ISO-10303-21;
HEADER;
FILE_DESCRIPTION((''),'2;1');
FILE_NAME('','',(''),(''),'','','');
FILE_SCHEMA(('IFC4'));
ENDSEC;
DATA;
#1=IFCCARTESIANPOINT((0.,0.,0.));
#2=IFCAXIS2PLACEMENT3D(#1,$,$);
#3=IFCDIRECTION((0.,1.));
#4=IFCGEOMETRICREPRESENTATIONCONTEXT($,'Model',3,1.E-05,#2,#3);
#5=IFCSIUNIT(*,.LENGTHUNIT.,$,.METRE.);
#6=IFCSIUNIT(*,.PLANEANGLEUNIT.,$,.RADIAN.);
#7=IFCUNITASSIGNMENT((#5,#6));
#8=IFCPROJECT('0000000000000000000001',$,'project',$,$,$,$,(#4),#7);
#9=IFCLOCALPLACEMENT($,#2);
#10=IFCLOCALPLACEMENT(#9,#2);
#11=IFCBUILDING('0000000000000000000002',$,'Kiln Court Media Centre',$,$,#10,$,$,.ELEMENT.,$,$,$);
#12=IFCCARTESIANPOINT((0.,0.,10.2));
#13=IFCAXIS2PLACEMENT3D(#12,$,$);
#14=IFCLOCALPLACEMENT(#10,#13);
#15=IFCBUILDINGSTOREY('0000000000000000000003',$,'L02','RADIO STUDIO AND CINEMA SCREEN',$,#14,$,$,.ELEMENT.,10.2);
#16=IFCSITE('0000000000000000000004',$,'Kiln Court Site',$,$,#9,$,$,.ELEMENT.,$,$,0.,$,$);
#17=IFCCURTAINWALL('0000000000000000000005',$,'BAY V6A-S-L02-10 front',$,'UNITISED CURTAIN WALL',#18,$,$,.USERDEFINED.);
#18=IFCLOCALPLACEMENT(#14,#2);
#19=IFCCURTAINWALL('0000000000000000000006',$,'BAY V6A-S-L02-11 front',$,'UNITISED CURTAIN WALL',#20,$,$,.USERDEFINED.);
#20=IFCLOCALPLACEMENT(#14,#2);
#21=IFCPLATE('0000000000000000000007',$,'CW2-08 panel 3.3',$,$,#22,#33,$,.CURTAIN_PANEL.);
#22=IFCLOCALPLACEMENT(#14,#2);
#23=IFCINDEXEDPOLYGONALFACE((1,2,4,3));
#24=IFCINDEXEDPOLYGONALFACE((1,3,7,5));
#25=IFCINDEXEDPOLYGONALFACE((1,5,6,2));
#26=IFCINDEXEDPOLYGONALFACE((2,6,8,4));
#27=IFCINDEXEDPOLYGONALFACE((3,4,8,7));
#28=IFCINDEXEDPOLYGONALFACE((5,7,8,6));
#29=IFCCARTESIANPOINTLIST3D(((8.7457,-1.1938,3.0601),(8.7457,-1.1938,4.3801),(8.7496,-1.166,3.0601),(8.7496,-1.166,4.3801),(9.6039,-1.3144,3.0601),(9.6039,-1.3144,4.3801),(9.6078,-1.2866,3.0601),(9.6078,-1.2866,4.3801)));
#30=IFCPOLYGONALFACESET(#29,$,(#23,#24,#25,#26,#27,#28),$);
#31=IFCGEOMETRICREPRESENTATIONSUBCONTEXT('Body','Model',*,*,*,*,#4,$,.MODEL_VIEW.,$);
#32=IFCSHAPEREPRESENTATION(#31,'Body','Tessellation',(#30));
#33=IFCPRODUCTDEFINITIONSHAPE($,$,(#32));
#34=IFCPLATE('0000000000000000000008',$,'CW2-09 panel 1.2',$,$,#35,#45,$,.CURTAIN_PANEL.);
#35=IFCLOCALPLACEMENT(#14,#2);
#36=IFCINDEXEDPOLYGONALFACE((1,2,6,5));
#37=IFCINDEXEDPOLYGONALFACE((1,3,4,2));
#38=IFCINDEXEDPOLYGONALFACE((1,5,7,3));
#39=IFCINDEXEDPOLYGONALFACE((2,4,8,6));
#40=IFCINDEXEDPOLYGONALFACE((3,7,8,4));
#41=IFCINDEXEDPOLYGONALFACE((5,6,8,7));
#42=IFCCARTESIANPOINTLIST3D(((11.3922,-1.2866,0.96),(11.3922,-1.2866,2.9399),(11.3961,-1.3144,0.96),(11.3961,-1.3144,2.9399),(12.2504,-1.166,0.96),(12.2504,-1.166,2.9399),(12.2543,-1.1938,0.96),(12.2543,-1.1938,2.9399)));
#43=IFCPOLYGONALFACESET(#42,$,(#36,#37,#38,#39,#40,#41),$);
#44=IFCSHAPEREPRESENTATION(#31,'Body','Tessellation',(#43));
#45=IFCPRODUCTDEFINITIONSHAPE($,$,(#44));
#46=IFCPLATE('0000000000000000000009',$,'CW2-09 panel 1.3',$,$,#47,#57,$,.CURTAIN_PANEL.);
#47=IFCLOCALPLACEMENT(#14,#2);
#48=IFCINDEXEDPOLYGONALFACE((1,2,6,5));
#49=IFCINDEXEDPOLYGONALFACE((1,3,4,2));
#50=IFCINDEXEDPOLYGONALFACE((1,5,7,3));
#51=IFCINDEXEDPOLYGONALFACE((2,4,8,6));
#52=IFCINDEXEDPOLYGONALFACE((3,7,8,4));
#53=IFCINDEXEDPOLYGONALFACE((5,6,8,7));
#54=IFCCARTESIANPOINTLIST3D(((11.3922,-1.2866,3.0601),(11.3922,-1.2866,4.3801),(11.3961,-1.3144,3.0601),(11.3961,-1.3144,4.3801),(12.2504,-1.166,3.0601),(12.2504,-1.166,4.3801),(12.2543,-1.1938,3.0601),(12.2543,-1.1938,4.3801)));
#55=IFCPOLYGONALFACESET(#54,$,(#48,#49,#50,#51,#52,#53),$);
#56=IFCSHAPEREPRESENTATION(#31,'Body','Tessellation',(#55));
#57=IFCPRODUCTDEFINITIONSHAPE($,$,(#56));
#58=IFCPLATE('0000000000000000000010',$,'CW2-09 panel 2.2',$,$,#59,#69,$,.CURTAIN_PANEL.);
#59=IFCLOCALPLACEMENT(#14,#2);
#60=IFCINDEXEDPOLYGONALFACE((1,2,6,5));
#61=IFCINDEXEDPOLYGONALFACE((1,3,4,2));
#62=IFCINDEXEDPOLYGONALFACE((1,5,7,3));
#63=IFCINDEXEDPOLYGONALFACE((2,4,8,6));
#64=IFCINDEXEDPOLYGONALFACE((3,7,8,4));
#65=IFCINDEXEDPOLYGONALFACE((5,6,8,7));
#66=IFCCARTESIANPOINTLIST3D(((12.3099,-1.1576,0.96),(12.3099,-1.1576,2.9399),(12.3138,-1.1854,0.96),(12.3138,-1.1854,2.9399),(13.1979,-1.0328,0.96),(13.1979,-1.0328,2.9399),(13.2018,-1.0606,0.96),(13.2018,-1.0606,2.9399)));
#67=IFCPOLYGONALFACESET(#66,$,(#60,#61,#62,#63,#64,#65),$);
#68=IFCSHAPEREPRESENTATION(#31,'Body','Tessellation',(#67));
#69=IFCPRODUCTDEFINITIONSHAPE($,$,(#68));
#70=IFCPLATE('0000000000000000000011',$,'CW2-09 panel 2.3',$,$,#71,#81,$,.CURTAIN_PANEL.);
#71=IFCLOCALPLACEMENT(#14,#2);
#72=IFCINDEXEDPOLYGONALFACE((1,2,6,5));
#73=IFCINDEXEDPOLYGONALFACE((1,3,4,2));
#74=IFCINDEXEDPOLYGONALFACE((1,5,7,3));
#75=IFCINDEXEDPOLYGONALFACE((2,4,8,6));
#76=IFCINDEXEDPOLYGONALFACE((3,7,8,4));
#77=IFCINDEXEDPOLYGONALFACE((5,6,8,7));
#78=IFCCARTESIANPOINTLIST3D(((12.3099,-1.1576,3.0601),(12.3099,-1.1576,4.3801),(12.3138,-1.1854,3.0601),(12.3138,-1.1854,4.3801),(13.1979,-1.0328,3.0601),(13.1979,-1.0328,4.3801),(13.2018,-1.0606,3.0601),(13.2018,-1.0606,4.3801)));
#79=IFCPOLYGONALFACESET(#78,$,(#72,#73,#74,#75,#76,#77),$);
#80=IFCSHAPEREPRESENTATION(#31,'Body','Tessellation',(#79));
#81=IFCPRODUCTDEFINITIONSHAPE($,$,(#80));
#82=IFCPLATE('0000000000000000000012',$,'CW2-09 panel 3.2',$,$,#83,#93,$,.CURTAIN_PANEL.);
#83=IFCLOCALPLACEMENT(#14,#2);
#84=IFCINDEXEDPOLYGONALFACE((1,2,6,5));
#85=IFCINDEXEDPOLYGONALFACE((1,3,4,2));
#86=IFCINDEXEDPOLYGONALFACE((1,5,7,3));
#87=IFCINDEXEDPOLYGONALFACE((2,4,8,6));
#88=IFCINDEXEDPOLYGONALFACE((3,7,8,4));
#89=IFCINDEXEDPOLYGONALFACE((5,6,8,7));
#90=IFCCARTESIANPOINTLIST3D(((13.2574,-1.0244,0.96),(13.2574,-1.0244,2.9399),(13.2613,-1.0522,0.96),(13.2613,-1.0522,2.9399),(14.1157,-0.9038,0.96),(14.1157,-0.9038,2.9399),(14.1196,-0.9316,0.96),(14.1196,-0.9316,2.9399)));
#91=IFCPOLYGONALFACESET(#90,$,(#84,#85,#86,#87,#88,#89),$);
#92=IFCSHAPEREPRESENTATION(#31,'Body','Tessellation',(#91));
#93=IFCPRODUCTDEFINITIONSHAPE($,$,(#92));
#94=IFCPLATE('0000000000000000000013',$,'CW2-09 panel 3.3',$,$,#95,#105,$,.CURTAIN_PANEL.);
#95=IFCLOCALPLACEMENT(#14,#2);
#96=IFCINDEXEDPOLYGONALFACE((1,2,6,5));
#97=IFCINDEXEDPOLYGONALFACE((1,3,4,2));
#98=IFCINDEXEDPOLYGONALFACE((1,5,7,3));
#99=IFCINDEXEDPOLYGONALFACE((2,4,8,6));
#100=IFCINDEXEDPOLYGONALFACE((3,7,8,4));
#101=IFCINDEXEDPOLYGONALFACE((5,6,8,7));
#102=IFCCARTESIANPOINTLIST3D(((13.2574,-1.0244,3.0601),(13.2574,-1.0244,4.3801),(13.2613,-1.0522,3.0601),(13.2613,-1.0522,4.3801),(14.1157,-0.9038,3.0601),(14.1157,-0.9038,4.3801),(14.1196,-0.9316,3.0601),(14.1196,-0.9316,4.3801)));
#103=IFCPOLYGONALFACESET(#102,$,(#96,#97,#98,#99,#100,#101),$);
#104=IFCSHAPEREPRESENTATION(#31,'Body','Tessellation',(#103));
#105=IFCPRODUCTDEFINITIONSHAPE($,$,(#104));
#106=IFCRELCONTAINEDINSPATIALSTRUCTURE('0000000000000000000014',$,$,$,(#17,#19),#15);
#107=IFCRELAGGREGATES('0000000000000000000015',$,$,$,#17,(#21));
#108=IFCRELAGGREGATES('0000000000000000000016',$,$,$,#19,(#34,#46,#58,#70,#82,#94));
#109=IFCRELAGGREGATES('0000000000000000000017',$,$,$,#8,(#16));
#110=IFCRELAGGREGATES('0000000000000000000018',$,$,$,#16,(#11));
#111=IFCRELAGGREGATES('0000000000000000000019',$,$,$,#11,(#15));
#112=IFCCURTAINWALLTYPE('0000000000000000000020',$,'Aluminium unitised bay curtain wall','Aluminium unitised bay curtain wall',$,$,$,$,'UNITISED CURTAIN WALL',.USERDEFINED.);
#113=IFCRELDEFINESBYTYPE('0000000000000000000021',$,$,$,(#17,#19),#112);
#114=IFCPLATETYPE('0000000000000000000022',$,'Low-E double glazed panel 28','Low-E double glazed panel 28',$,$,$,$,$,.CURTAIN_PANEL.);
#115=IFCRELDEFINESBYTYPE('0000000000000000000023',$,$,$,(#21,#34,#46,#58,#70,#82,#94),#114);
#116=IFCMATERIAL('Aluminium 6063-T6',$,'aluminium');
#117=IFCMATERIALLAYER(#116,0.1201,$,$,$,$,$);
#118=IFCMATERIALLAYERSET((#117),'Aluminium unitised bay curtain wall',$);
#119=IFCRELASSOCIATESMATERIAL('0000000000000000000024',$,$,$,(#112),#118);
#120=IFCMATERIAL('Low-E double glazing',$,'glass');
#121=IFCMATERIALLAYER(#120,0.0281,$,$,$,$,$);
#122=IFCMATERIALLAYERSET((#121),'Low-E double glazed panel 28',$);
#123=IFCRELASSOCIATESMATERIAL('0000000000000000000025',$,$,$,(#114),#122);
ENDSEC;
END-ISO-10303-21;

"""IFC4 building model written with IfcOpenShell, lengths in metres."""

from ifc_helpers import new_model, si_unit, direction, frame, origin, origin_2d, place, context, subcontext, project, spatial, rectangle, extrude, material, layer, layer_set, type_object, element, aggregate, save


model = new_model("IFC4")

# Units and contexts
model_context = context("Model", 3, precision=1e-05, world=origin(), true_north=direction((0.0, 1.0)))
body_context = subcontext(model_context, "Body", "Model", "MODEL_VIEW")
ifc_project = project(units=[si_unit("LENGTHUNIT", "METRE"), si_unit("PLANEANGLEUNIT", "RADIAN")], contexts=[model_context])

# Site, building, storey
site_placement = place(None, origin())
site = spatial("IfcSite", under=ifc_project, at=site_placement, Name="Kiln Court Site", CompositionType="ELEMENT", RefElevation=0.0)
building_placement = place(site_placement, origin())
building = spatial("IfcBuilding", under=site, at=building_placement, Name="Kiln Court Media Centre", CompositionType="ELEMENT")
storey_placement = place(building_placement, frame((0.0, 0.0, 10.2)))
storey = spatial("IfcBuildingStorey", under=building, at=storey_placement, Name="L02", Description="RADIO STUDIO AND CINEMA SCREEN", CompositionType="ELEMENT", Elevation=10.2)

# Curtain walls
ifc_material_1 = material(Name="Aluminium 6063-T6", Category="aluminium")
ifc_layer_1 = layer(ifc_material_1, 0.1201)
ifc_layer_set_1 = layer_set([ifc_layer_1], Name="Aluminium unitised bay curtain wall")
curtain_wall_type = type_object("IfcCurtainWallType", Name="Aluminium unitised bay curtain wall", Description="Aluminium unitised bay curtain wall", ElementType="UNITISED CURTAIN WALL", PredefinedType="USERDEFINED", material=ifc_layer_set_1)
curtain_wall_1_placement = place(storey_placement, origin())
curtain_wall_1 = element("IfcCurtainWall", 1, at=curtain_wall_1_placement, inside=storey, type_object=curtain_wall_type, Name="BAY V6A-S-L02-10 front", ObjectType="UNITISED CURTAIN WALL", PredefinedType="USERDEFINED")
curtain_wall_2_placement = place(storey_placement, origin())
curtain_wall_2 = element("IfcCurtainWall", 2, at=curtain_wall_2_placement, inside=storey, type_object=curtain_wall_type, Name="BAY V6A-S-L02-11 front", ObjectType="UNITISED CURTAIN WALL", PredefinedType="USERDEFINED")

# Plates
ifc_material_2 = material(Name="Low-E double glazing", Category="glass")
ifc_layer_2 = layer(ifc_material_2, 0.0281)
ifc_layer_set_2 = layer_set([ifc_layer_2], Name="Low-E double glazed panel 28")
plate_type_1 = type_object("IfcPlateType", Name="Low-E double glazed panel 28", Description="Low-E double glazed panel 28", PredefinedType="CURTAIN_PANEL", material=ifc_layer_set_2)
plate_1_placement = place(storey_placement, frame((9.1768, -1.2402, 3.0601), z_axis=(0.0, 0.0, 1.0), x_axis=(0.99027, -0.139162, 0.0)))
plate_1 = element("IfcPlate", 3, at=plate_1_placement, type_object=plate_type_1, Name="CW2-08 panel 3.3", PredefinedType="CURTAIN_PANEL", context=body_context, shape_type="SweptSolid", body=[
    extrude(rectangle(XDim=0.8667, YDim=0.0281, at=origin_2d()), origin(), (0.0, 0.0, 1.0), 1.3201),
])
aggregate(curtain_wall_1, [plate_1])
plate_2_placement = place(storey_placement, frame((11.8232, -1.2402, 0.96), z_axis=(0.0, 0.0, 1.0), x_axis=(0.99027, 0.139162, 0.0)))
plate_2 = element("IfcPlate", 4, at=plate_2_placement, type_object=plate_type_1, Name="CW2-09 panel 1.2", PredefinedType="CURTAIN_PANEL", context=body_context, shape_type="SweptSolid", body=[
    extrude(rectangle(XDim=0.8667, YDim=0.0281, at=origin_2d()), origin(), (0.0, 0.0, 1.0), 1.98),
])
plate_3_placement = place(storey_placement, frame((11.8232, -1.2402, 3.0601), z_axis=(0.0, 0.0, 1.0), x_axis=(0.99027, 0.139162, 0.0)))
plate_3 = element("IfcPlate", 5, at=plate_3_placement, type_object=plate_type_1, Name="CW2-09 panel 1.3", PredefinedType="CURTAIN_PANEL", context=body_context, shape_type="SweptSolid", body=[
    extrude(rectangle(XDim=0.8667, YDim=0.0281, at=origin_2d()), origin(), (0.0, 0.0, 1.0), 1.3201),
])
plate_4_placement = place(storey_placement, frame((12.7559, -1.1091, 0.96), z_axis=(0.0, 0.0, 1.0), x_axis=(0.99027, 0.139162, 0.0)))
plate_4 = element("IfcPlate", 6, at=plate_4_placement, type_object=plate_type_1, Name="CW2-09 panel 2.2", PredefinedType="CURTAIN_PANEL", context=body_context, shape_type="SweptSolid", body=[
    extrude(rectangle(XDim=0.8967, YDim=0.0281, at=origin_2d()), origin(), (0.0, 0.0, 1.0), 1.98),
])
plate_5_placement = place(storey_placement, frame((12.7559, -1.1091, 3.0601), z_axis=(0.0, 0.0, 1.0), x_axis=(0.99027, 0.139162, 0.0)))
plate_5 = element("IfcPlate", 7, at=plate_5_placement, type_object=plate_type_1, Name="CW2-09 panel 2.3", PredefinedType="CURTAIN_PANEL", context=body_context, shape_type="SweptSolid", body=[
    extrude(rectangle(XDim=0.8967, YDim=0.0281, at=origin_2d()), origin(), (0.0, 0.0, 1.0), 1.3201),
])
plate_6_placement = place(storey_placement, frame((13.6885, -0.978, 0.96), z_axis=(0.0, 0.0, 1.0), x_axis=(0.99027, 0.139162, 0.0)))
plate_6 = element("IfcPlate", 8, at=plate_6_placement, type_object=plate_type_1, Name="CW2-09 panel 3.2", PredefinedType="CURTAIN_PANEL", context=body_context, shape_type="SweptSolid", body=[
    extrude(rectangle(XDim=0.8667, YDim=0.0281, at=origin_2d()), origin(), (0.0, 0.0, 1.0), 1.98),
])
plate_7_placement = place(storey_placement, frame((13.6885, -0.978, 3.0601), z_axis=(0.0, 0.0, 1.0), x_axis=(0.99027, 0.139162, 0.0)))
plate_7 = element("IfcPlate", 9, at=plate_7_placement, type_object=plate_type_1, Name="CW2-09 panel 3.3", PredefinedType="CURTAIN_PANEL", context=body_context, shape_type="SweptSolid", body=[
    extrude(rectangle(XDim=0.8667, YDim=0.0281, at=origin_2d()), origin(), (0.0, 0.0, 1.0), 1.3201),
])
aggregate(curtain_wall_2, [plate_2, plate_3, plate_4, plate_5, plate_6, plate_7])

save(model, "model.ifc")
